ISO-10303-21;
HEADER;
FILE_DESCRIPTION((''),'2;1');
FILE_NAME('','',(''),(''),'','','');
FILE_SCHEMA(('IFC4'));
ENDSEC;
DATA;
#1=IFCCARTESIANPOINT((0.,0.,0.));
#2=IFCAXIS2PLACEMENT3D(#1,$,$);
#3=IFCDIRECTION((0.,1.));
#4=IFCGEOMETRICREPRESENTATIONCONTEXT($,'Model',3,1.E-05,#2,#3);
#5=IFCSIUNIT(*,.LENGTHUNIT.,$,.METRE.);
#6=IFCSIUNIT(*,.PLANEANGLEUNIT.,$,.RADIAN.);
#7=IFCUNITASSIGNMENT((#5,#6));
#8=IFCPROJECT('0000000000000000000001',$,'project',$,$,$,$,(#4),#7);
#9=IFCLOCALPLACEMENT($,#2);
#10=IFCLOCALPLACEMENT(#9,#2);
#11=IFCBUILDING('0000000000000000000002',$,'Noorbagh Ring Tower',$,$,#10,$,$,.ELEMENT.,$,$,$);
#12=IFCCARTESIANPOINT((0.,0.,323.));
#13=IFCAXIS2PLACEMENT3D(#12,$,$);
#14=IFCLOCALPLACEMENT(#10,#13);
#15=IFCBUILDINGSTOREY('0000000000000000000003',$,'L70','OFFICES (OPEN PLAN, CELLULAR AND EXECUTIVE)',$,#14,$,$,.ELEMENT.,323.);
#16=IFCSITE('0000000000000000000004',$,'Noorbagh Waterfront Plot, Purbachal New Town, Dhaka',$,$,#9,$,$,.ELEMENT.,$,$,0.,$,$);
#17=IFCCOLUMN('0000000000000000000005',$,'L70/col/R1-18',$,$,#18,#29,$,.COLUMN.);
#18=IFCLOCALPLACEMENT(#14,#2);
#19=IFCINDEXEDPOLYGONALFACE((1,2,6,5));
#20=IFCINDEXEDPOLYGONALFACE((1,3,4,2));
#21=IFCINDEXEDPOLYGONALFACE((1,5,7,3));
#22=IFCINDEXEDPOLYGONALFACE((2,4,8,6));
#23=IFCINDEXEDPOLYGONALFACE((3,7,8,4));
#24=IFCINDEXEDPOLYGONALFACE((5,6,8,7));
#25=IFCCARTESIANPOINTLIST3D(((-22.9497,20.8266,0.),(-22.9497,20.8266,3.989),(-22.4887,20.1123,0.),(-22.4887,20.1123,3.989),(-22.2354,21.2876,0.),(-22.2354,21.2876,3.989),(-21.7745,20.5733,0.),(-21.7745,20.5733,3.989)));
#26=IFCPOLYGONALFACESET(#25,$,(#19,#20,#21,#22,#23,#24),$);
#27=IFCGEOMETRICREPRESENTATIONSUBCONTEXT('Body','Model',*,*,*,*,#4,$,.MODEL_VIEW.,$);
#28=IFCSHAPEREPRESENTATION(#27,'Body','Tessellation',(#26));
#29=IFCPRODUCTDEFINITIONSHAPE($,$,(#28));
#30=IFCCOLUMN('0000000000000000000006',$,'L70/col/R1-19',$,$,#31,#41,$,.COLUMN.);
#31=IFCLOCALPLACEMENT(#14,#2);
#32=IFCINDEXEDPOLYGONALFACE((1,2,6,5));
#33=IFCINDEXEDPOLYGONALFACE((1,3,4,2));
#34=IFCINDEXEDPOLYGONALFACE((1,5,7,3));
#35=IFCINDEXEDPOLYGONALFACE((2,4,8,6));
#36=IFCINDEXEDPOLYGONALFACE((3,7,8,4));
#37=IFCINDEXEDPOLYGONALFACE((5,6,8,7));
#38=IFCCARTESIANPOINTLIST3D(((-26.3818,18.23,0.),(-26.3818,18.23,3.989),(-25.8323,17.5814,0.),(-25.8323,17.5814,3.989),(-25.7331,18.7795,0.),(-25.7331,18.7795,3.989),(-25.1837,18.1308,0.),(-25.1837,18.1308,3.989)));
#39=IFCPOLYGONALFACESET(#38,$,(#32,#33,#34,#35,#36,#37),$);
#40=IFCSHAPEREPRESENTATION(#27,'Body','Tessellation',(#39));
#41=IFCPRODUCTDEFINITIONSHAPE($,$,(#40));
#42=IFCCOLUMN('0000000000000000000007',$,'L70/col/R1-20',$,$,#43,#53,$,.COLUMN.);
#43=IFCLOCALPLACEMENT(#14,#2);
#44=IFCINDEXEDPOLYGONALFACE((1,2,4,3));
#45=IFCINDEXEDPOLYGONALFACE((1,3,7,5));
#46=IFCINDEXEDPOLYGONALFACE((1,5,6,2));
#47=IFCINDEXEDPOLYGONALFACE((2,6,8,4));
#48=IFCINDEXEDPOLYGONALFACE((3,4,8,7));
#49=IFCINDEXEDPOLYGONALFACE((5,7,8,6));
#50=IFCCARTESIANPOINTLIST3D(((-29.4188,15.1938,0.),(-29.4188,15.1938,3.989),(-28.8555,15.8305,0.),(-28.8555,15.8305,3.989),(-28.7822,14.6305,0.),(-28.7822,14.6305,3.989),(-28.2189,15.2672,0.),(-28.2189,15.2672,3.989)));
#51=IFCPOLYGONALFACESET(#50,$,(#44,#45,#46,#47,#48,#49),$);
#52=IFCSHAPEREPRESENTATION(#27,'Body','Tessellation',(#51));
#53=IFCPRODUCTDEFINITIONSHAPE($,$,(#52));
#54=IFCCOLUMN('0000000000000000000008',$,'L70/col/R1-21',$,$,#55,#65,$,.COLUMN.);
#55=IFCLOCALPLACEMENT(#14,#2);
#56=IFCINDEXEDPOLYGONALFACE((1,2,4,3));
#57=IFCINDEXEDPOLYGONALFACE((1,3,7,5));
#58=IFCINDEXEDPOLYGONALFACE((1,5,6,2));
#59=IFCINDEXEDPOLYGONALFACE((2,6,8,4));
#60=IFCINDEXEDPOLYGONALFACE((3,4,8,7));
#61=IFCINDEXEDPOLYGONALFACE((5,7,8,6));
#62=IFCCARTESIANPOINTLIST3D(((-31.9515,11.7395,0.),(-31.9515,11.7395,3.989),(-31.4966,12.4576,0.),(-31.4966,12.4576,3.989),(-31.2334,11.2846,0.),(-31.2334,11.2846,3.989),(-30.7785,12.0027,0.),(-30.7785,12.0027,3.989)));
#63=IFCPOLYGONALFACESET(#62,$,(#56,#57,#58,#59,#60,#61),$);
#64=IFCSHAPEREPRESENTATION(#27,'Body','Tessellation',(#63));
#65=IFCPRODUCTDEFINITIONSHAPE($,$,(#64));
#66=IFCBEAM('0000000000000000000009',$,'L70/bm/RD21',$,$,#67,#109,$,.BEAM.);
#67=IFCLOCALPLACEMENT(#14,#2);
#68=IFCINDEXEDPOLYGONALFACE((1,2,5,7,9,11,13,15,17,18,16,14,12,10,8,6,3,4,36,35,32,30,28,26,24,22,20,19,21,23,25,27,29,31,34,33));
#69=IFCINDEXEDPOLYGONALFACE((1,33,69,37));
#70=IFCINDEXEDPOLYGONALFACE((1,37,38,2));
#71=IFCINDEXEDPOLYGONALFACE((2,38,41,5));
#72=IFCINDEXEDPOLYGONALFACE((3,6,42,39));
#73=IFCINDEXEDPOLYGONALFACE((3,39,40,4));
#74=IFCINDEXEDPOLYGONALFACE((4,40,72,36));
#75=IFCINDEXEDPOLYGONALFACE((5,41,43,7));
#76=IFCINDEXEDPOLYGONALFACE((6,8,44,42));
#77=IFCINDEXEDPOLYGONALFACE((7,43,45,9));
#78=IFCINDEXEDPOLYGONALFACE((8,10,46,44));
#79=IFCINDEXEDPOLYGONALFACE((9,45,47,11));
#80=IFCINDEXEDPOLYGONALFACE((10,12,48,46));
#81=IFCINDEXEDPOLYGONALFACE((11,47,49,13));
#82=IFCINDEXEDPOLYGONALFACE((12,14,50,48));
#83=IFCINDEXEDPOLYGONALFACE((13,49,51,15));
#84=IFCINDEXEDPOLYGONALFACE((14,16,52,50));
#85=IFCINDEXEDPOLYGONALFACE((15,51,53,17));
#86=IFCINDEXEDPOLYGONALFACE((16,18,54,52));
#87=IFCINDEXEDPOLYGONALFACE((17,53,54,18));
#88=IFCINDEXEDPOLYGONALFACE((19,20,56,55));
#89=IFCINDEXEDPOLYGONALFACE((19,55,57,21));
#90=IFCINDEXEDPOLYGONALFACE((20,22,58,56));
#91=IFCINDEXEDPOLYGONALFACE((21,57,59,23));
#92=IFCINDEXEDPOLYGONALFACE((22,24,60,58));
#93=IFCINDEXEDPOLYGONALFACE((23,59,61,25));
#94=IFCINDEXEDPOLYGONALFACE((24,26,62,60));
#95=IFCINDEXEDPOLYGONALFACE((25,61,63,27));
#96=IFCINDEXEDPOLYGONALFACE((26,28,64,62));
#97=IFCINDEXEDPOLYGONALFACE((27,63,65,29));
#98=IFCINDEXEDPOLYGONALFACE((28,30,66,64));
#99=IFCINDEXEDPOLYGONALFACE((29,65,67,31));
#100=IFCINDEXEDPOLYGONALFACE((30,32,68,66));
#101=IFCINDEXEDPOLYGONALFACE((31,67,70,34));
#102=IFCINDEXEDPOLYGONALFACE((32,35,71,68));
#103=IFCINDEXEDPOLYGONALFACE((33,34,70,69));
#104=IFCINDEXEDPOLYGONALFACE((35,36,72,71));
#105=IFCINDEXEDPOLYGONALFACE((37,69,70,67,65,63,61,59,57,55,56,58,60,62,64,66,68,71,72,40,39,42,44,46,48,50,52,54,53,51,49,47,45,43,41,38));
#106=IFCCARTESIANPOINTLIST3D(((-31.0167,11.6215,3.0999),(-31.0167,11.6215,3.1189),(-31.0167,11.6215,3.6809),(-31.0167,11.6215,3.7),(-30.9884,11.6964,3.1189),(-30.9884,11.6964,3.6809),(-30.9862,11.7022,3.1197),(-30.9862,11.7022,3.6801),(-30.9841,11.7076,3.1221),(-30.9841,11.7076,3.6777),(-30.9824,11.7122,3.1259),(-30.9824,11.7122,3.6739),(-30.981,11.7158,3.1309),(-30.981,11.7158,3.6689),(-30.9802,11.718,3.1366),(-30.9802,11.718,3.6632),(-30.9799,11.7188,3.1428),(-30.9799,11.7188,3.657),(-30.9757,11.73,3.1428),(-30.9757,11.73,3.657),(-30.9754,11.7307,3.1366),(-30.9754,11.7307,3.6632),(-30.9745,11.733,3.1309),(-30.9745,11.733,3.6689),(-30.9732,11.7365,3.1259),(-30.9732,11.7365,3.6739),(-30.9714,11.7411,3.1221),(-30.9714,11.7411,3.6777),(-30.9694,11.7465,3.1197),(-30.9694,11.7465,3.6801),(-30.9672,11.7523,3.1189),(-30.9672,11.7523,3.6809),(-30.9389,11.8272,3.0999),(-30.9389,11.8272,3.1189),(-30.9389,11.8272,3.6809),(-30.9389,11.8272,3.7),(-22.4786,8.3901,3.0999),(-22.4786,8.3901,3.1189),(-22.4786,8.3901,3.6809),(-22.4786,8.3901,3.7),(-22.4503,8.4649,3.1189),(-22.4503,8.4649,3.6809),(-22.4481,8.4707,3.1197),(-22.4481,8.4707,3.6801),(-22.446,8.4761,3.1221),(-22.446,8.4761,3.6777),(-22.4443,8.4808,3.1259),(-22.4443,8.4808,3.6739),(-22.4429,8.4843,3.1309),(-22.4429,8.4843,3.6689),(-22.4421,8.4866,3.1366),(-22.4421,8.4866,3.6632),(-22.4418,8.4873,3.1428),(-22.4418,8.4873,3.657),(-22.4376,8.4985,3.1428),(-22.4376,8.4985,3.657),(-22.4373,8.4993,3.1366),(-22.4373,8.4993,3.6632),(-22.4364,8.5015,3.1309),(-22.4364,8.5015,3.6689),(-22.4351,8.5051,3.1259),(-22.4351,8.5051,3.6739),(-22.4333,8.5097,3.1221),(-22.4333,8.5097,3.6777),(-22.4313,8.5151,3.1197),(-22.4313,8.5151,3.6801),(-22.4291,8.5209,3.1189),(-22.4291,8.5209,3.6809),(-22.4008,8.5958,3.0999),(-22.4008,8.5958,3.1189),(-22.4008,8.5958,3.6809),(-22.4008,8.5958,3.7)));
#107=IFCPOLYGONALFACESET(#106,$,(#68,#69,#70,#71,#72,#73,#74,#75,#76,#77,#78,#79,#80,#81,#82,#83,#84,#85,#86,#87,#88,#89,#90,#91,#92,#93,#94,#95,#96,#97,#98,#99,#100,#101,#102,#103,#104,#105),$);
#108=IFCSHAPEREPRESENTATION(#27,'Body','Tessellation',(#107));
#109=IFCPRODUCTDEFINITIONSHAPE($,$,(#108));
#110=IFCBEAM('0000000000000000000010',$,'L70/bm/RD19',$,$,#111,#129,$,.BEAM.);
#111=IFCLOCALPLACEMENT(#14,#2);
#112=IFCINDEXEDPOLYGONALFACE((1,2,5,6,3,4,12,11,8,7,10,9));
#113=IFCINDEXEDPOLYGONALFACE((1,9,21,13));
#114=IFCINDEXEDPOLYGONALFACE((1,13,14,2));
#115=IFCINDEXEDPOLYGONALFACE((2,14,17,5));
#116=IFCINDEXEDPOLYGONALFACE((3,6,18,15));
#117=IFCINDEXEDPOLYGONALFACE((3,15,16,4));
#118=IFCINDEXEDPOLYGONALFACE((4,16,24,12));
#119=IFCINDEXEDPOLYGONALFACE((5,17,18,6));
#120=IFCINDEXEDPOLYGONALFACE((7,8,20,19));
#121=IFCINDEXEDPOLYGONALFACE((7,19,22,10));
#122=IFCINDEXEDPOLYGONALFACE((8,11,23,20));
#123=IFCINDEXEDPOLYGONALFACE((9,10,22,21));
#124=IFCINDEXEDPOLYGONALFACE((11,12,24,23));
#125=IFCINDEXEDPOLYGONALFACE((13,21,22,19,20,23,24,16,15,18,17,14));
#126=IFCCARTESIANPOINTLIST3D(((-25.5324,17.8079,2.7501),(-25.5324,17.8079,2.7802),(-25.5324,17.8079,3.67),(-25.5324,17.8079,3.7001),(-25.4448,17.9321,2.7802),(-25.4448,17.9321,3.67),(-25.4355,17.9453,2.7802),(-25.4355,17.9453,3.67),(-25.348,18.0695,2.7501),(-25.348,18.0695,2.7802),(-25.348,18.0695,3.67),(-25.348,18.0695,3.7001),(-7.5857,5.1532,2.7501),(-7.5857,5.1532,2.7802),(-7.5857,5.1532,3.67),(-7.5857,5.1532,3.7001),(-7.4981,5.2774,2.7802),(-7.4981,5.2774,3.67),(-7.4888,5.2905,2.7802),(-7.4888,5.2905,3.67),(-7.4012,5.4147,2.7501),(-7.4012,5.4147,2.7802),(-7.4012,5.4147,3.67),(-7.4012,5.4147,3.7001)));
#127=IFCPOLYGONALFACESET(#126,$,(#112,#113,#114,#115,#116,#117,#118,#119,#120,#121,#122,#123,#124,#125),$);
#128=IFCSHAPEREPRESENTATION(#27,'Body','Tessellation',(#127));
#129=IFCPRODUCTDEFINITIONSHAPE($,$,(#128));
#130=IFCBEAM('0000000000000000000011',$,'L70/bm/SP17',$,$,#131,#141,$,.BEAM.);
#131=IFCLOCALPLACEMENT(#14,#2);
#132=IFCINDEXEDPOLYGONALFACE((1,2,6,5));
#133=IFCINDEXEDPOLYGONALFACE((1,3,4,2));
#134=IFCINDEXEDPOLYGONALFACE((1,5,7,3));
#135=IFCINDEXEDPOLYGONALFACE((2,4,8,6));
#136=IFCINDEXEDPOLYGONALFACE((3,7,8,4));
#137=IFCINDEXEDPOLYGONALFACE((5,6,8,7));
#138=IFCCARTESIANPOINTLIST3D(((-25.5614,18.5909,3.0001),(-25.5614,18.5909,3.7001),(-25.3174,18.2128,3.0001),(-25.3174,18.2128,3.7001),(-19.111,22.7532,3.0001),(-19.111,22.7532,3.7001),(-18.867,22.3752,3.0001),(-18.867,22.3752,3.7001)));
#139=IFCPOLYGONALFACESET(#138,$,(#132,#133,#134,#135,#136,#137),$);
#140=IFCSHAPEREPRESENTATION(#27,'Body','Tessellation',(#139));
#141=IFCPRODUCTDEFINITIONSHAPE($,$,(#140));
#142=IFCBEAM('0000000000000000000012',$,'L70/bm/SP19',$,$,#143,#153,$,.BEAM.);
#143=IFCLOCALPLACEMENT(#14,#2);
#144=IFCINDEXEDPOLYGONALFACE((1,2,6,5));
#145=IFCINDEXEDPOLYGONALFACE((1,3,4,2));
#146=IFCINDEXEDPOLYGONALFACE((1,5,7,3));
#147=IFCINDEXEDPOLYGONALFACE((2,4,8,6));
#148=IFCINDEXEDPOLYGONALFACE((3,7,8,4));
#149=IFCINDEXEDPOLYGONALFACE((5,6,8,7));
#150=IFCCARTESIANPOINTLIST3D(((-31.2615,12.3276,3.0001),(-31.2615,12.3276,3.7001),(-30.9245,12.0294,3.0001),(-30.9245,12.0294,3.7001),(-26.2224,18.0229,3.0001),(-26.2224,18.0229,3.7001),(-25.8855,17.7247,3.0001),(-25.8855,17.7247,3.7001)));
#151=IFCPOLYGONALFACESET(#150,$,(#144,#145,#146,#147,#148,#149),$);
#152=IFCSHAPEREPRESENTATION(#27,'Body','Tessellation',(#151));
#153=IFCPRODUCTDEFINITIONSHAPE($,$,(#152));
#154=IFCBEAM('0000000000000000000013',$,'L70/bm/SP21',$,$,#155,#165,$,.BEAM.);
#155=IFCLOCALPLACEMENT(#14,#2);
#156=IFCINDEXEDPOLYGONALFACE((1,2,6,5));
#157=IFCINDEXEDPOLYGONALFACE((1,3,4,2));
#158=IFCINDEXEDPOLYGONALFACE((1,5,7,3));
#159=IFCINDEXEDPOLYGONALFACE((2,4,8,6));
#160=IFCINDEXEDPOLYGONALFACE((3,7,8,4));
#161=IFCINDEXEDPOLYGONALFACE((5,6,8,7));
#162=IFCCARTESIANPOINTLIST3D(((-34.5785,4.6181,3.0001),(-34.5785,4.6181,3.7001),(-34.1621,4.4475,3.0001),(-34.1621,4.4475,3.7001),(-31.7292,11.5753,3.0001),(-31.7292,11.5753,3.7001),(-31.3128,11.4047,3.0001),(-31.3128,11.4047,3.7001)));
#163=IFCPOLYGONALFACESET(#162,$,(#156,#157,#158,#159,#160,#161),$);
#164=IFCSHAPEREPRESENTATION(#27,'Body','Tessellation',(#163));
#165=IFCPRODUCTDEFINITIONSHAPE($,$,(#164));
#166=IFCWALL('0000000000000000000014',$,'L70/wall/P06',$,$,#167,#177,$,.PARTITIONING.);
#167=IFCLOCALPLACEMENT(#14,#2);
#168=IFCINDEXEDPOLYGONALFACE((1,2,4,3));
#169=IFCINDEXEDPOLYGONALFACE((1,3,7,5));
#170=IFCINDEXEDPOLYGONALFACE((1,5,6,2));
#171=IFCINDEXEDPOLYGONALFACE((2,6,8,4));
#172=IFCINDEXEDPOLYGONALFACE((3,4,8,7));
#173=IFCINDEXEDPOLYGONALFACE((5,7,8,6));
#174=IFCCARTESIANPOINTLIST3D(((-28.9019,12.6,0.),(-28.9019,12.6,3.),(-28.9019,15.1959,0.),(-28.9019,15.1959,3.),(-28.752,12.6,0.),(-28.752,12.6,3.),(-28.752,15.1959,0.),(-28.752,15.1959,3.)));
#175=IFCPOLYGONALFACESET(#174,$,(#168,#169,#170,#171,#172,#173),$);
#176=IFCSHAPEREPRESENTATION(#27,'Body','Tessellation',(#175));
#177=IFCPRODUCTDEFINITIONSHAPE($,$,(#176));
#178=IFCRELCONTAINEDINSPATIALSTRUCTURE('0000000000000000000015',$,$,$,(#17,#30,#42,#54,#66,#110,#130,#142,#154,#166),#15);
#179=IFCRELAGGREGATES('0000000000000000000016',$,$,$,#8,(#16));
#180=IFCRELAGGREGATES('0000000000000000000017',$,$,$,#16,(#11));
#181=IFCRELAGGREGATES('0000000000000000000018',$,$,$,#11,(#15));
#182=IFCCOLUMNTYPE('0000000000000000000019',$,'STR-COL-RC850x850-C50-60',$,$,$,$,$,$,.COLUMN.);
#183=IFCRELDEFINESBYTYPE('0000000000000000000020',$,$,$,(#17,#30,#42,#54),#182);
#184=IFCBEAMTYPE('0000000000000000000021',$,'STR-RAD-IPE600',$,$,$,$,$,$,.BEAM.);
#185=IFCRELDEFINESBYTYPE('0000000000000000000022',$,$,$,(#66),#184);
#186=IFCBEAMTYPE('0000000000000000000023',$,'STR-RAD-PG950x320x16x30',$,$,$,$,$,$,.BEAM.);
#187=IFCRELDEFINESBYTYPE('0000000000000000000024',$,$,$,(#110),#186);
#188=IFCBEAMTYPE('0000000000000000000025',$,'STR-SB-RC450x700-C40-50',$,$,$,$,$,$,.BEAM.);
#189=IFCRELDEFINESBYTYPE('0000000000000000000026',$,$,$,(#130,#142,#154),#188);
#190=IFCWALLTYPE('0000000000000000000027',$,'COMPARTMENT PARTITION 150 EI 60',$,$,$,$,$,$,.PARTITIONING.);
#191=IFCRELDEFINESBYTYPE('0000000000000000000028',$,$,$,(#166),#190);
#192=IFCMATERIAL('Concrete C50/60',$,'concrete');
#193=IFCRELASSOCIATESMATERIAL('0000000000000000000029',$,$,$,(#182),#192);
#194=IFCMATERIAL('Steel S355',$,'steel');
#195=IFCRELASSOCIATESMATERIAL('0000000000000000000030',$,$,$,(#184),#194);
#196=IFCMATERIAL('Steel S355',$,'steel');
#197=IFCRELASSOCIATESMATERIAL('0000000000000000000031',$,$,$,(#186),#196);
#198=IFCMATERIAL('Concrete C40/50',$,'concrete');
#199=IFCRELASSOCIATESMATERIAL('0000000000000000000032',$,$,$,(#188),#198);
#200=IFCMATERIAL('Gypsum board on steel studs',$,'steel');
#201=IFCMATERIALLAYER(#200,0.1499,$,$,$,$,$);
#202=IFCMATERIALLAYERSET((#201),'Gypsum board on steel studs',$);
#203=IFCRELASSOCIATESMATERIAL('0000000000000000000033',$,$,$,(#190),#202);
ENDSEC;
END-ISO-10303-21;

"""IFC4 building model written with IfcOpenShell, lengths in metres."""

from ifc_helpers import new_model, si_unit, direction, frame, frame_2d, origin, origin_2d, place, context, subcontext, project, spatial, rectangle, i_section, extrude, material, layer, layer_set, material_profile, profile_set, type_object, element, save


model = new_model("IFC4")

# Units and contexts
model_context = context("Model", 3, precision=1e-05, world=origin(), true_north=direction((0.0, 1.0)))
body_context = subcontext(model_context, "Body", "Model", "MODEL_VIEW")
ifc_project = project(units=[si_unit("LENGTHUNIT", "METRE"), si_unit("PLANEANGLEUNIT", "RADIAN")], contexts=[model_context])

# Site, building, storey
site_placement = place(None, origin())
site = spatial("IfcSite", under=ifc_project, at=site_placement, Name="Noorbagh Waterfront Plot, Purbachal New Town, Dhaka", CompositionType="ELEMENT", RefElevation=0.0)
building_placement = place(site_placement, origin())
building = spatial("IfcBuilding", under=site, at=building_placement, Name="Noorbagh Ring Tower", CompositionType="ELEMENT")
storey_placement = place(building_placement, frame((0.0, 0.0, 323.0)))
storey = spatial("IfcBuildingStorey", under=building, at=storey_placement, Name="L70", Description="OFFICES (OPEN PLAN, CELLULAR AND EXECUTIVE)", CompositionType="ELEMENT", Elevation=323.0)

# Columns
ifc_material_1 = material(Name="Concrete C50/60", Category="concrete")
ifc_material_profile_1 = material_profile(ifc_material_1, rectangle(XDim=0.8501, YDim=0.8501, at=origin_2d()), Name="RC850x850")
ifc_profile_set_1 = profile_set([ifc_material_profile_1], Name="Concrete C50/60")
column_type = type_object("IfcColumnType", Name="STR-COL-RC850x850-C50-60", PredefinedType="COLUMN", material=ifc_profile_set_1)
for number, where, z_axis, x_axis, name in (
    (1, (-22.3621, 20.7, 0.0), (0.0, 0.0, 1.0), (-0.840248, -0.542203, 0.0), "L70/col/R1-18"),
    (2, (-25.7827, 18.1804, 0.0), (0.0, 0.0, 1.0), (-0.763035, -0.646357, 0.0), "L70/col/R1-19"),
    (3, (-28.8188, 15.2305, 0.0), (0.0, 0.0, 1.0), (-0.662636, -0.748942, 0.0), "L70/col/R1-20"),
    (4, (-31.365, 11.8711, 0.0), (0.0, 0.0, 1.0), (-0.53519, -0.844731, 0.0), "L70/col/R1-21"),
):
    element("IfcColumn", number, at=place(storey_placement, frame(where, z_axis=z_axis, x_axis=x_axis)), inside=storey, type_object=column_type, Name=name, PredefinedType="COLUMN", context=body_context, shape_type="SweptSolid", body=[
        extrude(rectangle(XDim=0.8501, YDim=0.8501, at=origin_2d()), origin(), (0.0, 0.0, 1.0), 3.989),
    ])

# Beams
ifc_material_2 = material(Name="Steel S355", Category="steel")
ifc_material_profile_2 = material_profile(ifc_material_2, i_section(OverallWidth=0.22, OverallDepth=0.6001, WebThickness=0.012, FlangeThickness=0.019, FilletRadius=0.0239, at=origin_2d()), Name="IPE600")
ifc_profile_set_2 = profile_set([ifc_material_profile_2], Name="Steel S355")
beam_type_1 = type_object("IfcBeamType", Name="STR-RAD-IPE600", PredefinedType="BEAM", material=ifc_profile_set_2)
beam_1_placement = place(storey_placement, frame((-30.9778, 11.7244, 3.3999), z_axis=(0.935257, -0.35397, 0.0), x_axis=(0.35397, 0.935257, 0.0)))
element("IfcBeam", 5, at=beam_1_placement, inside=storey, type_object=beam_type_1, Name="L70/bm/RD21", PredefinedType="BEAM", context=body_context, shape_type="SweptSolid", body=[
    extrude(i_section(OverallWidth=0.22, OverallDepth=0.6001, WebThickness=0.012, FlangeThickness=0.019, FilletRadius=0.0239, at=origin_2d()), origin(), (0.0, 0.0, 1.0), 9.1292),
])
ifc_material_3 = material(Name="Steel S355", Category="steel")
ifc_material_profile_3 = material_profile(ifc_material_3, i_section(OverallWidth=0.3201, OverallDepth=0.95, WebThickness=0.0161, FlangeThickness=0.03, at=origin_2d()), Name="PG950x320x16x30")
ifc_profile_set_3 = profile_set([ifc_material_profile_3], Name="Steel S355")
beam_type_2 = type_object("IfcBeamType", Name="STR-RAD-PG950x320x16x30", PredefinedType="BEAM", material=ifc_profile_set_3)
beam_2_placement = place(storey_placement, frame((-25.4402, 17.9387, 3.2251), z_axis=(0.817258, -0.576272, 0.0), x_axis=(0.576272, 0.817258, 0.0)))
element("IfcBeam", 6, at=beam_2_placement, inside=storey, type_object=beam_type_2, Name="L70/bm/RD19", PredefinedType="BEAM", context=body_context, shape_type="SweptSolid", body=[
    extrude(i_section(OverallWidth=0.3201, OverallDepth=0.95, WebThickness=0.0161, FlangeThickness=0.03, at=origin_2d()), origin(), (0.0, 0.0, 1.0), 21.9597),
])
ifc_material_4 = material(Name="Concrete C40/50", Category="concrete")
ifc_material_profile_4 = material_profile(ifc_material_4, rectangle(XDim=0.45, YDim=0.7, at=origin_2d()), Name="RC450x700")
ifc_profile_set_4 = profile_set([ifc_material_profile_4], Name="Concrete C40/50")
beam_type_3 = type_object("IfcBeamType", Name="STR-SB-RC450x700-C40-50", PredefinedType="BEAM", material=ifc_profile_set_4)
beam_3_placement = place(storey_placement, frame((-18.989, 22.5642, 3.3501), z_axis=(-0.84025, -0.542199, 0.0), x_axis=(0.542199, -0.84025, 0.0)))
element("IfcBeam", 7, at=beam_3_placement, inside=storey, type_object=beam_type_3, Name="L70/bm/SP17", PredefinedType="BEAM", context=body_context, shape_type="SweptSolid", body=[
    extrude(rectangle(XDim=0.45, YDim=0.7, at=origin_2d()), origin(), (0.0, 0.0, 1.0), 7.6768),
])
beam_4_placement = place(storey_placement, frame((-26.054, 17.8738, 3.3501), z_axis=(-0.66264, -0.748938, 0.0), x_axis=(0.748938, -0.66264, 0.0)))
element("IfcBeam", 8, at=beam_4_placement, inside=storey, type_object=beam_type_3, Name="L70/bm/SP19", PredefinedType="BEAM", context=body_context, shape_type="SweptSolid", body=[
    extrude(rectangle(XDim=0.45, YDim=0.7, at=origin_2d()), origin(), (0.0, 0.0, 1.0), 7.6045),
])
beam_5_placement = place(storey_placement, frame((-31.521, 11.49, 3.3501), z_axis=(-0.378998, -0.925397, 0.0), x_axis=(0.925397, -0.378998, 0.0)))
element("IfcBeam", 9, at=beam_5_placement, inside=storey, type_object=beam_type_3, Name="L70/bm/SP21", PredefinedType="BEAM", context=body_context, shape_type="SweptSolid", body=[
    extrude(rectangle(XDim=0.45, YDim=0.7, at=origin_2d()), origin(), (0.0, 0.0, 1.0), 7.5181),
])

# Wall
ifc_material_5 = material(Name="Gypsum board on steel studs", Category="steel")
ifc_layer_1 = layer(ifc_material_5, 0.1499)
ifc_layer_set_1 = layer_set([ifc_layer_1], Name="Gypsum board on steel studs")
wall_type_1 = type_object("IfcWallType", Name="COMPARTMENT PARTITION 150 EI 60", PredefinedType="PARTITIONING", material=ifc_layer_set_1)
wall_1_placement = place(storey_placement, frame((-28.8269, 12.6001, 0.0), z_axis=(0.0, 0.0, 1.0), x_axis=(0.0, 1.0, 0.0)))
element("IfcWall", 10, at=wall_1_placement, inside=storey, type_object=wall_type_1, Name="L70/wall/P06", PredefinedType="PARTITIONING", context=body_context, shape_type="SweptSolid", body=[
    extrude(rectangle(XDim=2.5959, YDim=0.1499, at=frame_2d((1.2979, 0.0))), origin(), (0.0, 0.0, 1.0), 3.0),
])

save(model, "model.ifc")
